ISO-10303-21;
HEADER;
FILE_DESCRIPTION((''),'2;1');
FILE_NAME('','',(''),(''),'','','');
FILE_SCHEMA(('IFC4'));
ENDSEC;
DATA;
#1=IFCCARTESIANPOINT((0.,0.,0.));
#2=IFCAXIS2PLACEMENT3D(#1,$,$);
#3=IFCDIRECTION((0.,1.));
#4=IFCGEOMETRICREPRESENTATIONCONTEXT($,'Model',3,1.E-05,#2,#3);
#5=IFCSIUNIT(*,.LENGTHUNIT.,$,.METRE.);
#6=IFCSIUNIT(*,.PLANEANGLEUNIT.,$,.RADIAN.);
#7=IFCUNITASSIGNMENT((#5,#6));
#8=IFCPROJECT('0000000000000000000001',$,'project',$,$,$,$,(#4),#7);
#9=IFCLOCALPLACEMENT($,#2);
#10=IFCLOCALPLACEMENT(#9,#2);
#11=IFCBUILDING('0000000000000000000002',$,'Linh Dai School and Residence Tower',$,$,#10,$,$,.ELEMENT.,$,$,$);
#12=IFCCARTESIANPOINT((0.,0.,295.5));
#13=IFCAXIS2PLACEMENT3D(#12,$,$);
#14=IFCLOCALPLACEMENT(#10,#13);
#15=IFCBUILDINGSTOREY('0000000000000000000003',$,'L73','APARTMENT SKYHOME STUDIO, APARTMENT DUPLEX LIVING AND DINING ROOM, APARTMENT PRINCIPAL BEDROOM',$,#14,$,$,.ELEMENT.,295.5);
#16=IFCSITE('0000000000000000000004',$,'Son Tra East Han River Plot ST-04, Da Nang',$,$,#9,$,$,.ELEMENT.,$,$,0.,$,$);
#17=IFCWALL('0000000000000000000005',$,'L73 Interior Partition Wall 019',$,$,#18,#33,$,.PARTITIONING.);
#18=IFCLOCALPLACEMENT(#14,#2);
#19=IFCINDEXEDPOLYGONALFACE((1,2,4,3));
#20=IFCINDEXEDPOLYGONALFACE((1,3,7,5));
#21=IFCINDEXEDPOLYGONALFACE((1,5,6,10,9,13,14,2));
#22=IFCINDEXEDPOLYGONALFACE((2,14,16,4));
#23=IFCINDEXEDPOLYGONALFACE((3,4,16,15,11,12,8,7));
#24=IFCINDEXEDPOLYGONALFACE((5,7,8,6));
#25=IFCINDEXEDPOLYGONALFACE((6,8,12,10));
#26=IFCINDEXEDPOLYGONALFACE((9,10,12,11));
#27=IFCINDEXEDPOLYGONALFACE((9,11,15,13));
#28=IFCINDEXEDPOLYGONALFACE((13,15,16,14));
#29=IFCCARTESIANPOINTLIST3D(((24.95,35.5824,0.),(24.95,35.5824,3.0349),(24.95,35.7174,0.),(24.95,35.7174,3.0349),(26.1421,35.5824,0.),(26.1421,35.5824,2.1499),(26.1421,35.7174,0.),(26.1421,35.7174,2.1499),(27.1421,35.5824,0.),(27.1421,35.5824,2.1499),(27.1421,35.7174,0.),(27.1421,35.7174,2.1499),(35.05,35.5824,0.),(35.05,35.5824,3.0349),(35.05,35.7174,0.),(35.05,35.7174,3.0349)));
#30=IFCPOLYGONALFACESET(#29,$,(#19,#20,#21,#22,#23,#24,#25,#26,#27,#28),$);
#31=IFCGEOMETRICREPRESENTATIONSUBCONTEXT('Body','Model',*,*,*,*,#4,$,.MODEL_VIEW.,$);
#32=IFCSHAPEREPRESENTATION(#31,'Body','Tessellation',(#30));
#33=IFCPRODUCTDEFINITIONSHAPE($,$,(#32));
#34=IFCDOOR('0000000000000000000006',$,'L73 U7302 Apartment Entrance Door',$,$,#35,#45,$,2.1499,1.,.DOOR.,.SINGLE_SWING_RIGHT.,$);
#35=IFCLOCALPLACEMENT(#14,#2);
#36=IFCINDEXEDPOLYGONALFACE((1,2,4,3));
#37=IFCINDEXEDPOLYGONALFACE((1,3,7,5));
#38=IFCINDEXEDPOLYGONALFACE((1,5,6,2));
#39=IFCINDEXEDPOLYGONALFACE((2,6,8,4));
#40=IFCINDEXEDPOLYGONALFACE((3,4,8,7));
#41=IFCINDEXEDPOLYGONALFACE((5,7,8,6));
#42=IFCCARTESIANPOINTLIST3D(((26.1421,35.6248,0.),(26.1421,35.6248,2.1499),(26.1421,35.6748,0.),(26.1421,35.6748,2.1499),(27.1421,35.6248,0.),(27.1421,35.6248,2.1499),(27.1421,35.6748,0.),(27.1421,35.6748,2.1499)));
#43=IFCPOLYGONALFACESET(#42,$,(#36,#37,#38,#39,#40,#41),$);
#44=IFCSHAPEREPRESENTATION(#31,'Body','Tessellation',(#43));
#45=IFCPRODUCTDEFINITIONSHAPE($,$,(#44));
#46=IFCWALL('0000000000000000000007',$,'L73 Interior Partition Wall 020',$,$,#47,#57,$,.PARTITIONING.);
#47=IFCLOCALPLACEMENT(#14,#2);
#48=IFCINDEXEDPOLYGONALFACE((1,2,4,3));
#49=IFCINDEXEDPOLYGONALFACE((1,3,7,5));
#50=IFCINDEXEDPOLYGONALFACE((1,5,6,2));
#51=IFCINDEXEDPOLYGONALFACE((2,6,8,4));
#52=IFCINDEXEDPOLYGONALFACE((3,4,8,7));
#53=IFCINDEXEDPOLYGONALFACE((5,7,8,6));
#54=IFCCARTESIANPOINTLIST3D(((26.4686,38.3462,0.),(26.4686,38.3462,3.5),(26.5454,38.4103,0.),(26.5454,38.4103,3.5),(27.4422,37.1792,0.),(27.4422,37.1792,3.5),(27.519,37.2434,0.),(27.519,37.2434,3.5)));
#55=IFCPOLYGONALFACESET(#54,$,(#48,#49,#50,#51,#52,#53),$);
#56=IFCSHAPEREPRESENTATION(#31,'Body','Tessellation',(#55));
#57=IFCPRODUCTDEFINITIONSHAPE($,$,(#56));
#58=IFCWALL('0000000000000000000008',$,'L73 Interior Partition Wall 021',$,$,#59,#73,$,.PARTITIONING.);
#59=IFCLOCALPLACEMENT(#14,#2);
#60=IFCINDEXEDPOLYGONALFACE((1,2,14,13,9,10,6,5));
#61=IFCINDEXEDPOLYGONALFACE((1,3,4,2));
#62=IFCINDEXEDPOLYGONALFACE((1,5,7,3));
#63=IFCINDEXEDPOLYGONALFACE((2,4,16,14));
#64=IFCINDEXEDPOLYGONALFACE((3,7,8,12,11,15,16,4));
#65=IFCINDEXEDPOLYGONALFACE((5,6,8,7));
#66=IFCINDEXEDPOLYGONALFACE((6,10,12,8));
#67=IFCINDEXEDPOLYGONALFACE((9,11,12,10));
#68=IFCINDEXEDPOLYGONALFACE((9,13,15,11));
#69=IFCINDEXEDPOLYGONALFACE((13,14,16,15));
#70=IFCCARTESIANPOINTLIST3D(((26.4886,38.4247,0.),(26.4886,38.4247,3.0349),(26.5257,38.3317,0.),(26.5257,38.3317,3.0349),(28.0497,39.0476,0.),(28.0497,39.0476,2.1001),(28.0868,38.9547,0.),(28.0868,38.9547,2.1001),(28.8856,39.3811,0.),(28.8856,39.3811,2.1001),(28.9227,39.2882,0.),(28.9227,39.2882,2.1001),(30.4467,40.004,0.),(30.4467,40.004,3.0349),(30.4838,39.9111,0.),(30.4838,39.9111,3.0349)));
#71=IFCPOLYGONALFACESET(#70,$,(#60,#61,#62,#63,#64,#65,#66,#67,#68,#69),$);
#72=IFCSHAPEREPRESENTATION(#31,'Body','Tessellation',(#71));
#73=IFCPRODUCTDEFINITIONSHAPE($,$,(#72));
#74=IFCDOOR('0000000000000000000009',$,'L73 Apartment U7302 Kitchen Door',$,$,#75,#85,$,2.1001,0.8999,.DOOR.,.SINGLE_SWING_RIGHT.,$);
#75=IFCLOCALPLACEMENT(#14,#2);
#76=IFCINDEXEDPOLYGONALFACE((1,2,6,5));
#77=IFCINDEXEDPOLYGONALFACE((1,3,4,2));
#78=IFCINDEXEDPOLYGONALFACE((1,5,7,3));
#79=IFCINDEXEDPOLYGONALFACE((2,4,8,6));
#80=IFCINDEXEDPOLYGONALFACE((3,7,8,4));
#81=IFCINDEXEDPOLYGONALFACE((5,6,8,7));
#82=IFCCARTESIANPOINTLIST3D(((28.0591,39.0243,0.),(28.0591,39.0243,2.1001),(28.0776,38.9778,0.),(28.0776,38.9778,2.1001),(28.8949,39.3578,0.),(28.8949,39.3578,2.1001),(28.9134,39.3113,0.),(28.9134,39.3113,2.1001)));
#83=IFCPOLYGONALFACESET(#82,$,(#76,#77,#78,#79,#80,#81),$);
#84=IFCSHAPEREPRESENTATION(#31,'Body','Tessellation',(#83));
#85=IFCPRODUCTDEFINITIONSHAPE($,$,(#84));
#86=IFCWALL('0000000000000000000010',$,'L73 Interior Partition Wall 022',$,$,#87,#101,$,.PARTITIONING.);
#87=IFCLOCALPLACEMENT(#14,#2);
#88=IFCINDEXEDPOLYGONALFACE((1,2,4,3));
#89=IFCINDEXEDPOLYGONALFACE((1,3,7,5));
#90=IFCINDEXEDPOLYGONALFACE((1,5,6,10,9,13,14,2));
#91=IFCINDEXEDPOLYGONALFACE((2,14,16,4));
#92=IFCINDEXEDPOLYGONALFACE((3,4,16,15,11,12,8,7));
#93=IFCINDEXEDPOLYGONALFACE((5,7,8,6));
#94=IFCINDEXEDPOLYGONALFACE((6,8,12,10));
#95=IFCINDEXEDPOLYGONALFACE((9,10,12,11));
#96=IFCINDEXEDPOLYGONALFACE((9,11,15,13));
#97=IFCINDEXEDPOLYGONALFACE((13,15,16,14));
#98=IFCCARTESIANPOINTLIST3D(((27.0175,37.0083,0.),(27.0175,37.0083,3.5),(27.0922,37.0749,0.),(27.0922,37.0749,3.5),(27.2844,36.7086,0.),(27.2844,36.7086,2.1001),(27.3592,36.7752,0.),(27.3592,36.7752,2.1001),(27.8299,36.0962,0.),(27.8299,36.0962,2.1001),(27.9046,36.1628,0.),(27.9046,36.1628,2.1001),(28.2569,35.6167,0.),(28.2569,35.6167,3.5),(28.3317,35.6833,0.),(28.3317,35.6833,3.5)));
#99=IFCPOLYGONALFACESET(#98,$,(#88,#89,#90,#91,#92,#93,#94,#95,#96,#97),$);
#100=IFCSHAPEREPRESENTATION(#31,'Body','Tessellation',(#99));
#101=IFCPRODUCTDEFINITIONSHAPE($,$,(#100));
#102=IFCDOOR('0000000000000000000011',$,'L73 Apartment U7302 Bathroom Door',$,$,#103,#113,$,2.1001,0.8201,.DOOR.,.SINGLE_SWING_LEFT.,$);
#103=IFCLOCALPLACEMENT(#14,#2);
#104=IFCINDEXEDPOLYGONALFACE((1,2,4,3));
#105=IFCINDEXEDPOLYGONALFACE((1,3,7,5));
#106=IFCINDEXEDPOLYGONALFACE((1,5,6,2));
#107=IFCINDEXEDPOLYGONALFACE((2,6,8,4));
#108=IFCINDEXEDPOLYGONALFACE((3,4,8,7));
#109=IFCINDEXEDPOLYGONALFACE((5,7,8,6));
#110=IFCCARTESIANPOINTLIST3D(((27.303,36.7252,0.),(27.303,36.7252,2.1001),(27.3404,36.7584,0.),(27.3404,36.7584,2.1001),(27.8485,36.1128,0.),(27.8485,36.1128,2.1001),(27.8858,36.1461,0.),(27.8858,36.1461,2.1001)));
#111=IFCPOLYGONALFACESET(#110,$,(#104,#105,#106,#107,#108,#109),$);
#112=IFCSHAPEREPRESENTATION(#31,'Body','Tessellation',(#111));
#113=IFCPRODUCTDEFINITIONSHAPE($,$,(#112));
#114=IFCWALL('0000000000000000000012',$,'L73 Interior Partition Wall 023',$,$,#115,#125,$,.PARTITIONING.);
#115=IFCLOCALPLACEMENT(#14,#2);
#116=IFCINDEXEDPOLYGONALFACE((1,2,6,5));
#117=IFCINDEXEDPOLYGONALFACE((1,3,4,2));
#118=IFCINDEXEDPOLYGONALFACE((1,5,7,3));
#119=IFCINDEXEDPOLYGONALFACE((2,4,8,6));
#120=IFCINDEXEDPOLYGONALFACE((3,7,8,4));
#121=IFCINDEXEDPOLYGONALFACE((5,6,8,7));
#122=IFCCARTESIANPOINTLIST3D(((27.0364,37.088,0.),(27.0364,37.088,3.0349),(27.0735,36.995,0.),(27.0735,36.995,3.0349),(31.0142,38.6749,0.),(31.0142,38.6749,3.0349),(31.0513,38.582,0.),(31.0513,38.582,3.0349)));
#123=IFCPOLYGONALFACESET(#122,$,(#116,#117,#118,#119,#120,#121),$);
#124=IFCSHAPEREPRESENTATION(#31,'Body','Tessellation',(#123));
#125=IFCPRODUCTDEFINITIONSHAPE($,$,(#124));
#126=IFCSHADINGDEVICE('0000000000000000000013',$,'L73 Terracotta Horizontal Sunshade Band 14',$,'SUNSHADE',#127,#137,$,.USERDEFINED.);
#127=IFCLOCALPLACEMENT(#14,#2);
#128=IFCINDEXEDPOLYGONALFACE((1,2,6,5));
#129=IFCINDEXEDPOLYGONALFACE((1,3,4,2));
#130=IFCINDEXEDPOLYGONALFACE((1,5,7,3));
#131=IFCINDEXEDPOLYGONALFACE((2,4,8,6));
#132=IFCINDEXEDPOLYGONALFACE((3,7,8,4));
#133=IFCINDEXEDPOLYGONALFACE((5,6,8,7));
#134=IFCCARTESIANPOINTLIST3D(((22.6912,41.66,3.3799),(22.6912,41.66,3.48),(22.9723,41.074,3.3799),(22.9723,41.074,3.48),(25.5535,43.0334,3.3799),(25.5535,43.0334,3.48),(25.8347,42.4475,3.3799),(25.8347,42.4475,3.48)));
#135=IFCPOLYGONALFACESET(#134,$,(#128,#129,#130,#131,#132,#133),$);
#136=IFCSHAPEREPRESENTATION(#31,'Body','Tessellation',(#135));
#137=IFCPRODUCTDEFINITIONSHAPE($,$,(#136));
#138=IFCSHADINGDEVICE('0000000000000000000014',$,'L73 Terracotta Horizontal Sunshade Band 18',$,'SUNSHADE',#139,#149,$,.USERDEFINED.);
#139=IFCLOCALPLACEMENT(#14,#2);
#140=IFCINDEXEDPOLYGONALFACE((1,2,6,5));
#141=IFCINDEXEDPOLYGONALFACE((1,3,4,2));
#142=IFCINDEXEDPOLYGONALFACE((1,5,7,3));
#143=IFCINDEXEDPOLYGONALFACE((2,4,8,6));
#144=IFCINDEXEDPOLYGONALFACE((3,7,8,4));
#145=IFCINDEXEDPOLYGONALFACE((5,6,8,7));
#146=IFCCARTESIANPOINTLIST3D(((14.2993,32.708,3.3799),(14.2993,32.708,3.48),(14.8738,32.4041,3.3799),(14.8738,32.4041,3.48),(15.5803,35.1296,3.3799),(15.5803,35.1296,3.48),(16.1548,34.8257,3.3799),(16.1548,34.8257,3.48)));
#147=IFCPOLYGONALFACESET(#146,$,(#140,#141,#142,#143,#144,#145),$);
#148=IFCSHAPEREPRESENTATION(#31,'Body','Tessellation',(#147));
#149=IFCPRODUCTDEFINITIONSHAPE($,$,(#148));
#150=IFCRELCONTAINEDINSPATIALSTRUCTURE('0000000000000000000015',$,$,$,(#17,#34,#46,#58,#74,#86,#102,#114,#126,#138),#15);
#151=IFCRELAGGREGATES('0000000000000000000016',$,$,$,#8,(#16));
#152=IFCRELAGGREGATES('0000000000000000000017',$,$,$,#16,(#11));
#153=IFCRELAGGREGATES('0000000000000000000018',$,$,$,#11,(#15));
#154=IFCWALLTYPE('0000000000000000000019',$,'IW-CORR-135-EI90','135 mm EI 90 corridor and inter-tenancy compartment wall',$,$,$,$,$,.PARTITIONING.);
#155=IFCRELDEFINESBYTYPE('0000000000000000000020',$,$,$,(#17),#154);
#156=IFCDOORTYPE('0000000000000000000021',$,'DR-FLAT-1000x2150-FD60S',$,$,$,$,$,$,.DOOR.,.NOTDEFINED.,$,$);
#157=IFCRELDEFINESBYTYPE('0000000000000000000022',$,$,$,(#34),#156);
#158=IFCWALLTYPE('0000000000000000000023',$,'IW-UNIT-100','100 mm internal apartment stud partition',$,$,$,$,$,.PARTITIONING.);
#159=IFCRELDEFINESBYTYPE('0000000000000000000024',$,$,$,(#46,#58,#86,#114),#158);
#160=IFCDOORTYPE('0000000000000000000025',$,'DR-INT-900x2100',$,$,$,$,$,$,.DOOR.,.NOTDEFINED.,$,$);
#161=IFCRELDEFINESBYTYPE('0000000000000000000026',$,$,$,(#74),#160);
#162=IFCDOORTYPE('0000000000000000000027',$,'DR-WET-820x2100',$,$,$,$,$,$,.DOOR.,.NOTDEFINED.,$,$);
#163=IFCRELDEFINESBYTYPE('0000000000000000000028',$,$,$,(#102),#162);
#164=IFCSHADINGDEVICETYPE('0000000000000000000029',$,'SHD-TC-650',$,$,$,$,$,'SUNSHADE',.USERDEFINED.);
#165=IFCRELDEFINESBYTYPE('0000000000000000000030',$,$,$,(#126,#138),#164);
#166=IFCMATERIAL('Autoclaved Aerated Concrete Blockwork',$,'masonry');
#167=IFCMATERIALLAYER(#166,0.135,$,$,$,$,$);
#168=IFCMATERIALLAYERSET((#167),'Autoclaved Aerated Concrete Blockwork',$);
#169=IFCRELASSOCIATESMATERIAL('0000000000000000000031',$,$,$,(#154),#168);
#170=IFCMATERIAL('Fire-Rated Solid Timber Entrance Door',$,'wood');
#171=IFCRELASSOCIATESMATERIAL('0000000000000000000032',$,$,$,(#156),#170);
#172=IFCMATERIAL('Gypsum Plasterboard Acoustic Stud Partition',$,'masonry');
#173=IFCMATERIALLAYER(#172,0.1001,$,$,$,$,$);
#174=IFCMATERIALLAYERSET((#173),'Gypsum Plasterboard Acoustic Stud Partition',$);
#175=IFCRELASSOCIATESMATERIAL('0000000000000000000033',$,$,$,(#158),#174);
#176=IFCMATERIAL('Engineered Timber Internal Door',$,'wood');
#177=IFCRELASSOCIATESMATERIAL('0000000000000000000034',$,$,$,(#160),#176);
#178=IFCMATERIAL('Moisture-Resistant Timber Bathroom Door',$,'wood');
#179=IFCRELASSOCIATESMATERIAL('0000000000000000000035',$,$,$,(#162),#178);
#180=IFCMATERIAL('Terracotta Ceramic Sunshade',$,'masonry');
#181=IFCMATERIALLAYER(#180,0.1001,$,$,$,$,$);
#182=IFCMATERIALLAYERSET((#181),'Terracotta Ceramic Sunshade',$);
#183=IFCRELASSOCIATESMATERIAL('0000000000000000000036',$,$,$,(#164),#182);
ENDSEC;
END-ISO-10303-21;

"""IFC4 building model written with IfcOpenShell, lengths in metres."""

from ifc_helpers import new_model, si_unit, direction, frame, frame_2d, origin, origin_2d, place, context, subcontext, project, spatial, rectangle, extrude, source, transform, mapped, material, layer, layer_set, type_object, element, fill, save


model = new_model("IFC4")

# Units and contexts
model_context = context("Model", 3, precision=1e-05, world=origin(), true_north=direction((0.0, 1.0)))
body_context = subcontext(model_context, "Body", "Model", "MODEL_VIEW")
ifc_project = project(units=[si_unit("LENGTHUNIT", "METRE"), si_unit("PLANEANGLEUNIT", "RADIAN")], contexts=[model_context])

# Site, building, storey
site_placement = place(None, origin())
site = spatial("IfcSite", under=ifc_project, at=site_placement, Name="Son Tra East Han River Plot ST-04, Da Nang", CompositionType="ELEMENT", RefElevation=0.0)
building_placement = place(site_placement, origin())
building = spatial("IfcBuilding", under=site, at=building_placement, Name="Linh Dai School and Residence Tower", CompositionType="ELEMENT")
storey_placement = place(building_placement, frame((0.0, 0.0, 295.5)))
storey = spatial("IfcBuildingStorey", under=building, at=storey_placement, Name="L73", Description="APARTMENT SKYHOME STUDIO, APARTMENT DUPLEX LIVING AND DINING ROOM, APARTMENT PRINCIPAL BEDROOM", CompositionType="ELEMENT", Elevation=295.5)

# Shared definitions
ifc_material_1 = material(Name="Autoclaved Aerated Concrete Blockwork", Category="masonry")
ifc_layer_1 = layer(ifc_material_1, 0.135)
ifc_layer_set_1 = layer_set([ifc_layer_1], Name="Autoclaved Aerated Concrete Blockwork")
wall_type_1 = type_object("IfcWallType", Name="IW-CORR-135-EI90", Description="135 mm EI 90 corridor and inter-tenancy compartment wall", PredefinedType="PARTITIONING", material=ifc_layer_set_1)

# Wall, opening, door
wall_1_placement = place(storey_placement, frame((24.95, 35.6499, 0.0), z_axis=(0.0, 0.0, 1.0), x_axis=(1.0, 0.0, 0.0)))
wall_1 = element("IfcWall", 1, at=wall_1_placement, inside=storey, type_object=wall_type_1, Name="L73 Interior Partition Wall 019", PredefinedType="PARTITIONING", context=body_context, shape_type="SweptSolid", body=[
    extrude(rectangle(XDim=10.1001, YDim=0.135, at=frame_2d((5.05, 0.0))), origin(), (0.0, 0.0, 1.0), 3.0349),
])
opening_1_placement = place(wall_1_placement, frame((1.1921, 0.0, 0.0)))
opening_1 = element("IfcOpeningElement", 2, at=opening_1_placement, cuts=wall_1, PredefinedType="OPENING", context=body_context, shape_type="SweptSolid", body=[
    extrude(rectangle(XDim=1.0, YDim=2.1499, at=origin_2d()), frame((0.5, 0.0776, 1.075), z_axis=(0.0, -1.0, 0.0), x_axis=(1.0, 0.0, 0.0)), (0.0, 0.0, 1.0), 0.155),
])
ifc_material_2 = material(Name="Fire-Rated Solid Timber Entrance Door", Category="wood")
door_type_1 = type_object("IfcDoorType", Name="DR-FLAT-1000x2150-FD60S", OperationType="NOTDEFINED", PredefinedType="DOOR", material=ifc_material_2)
shared_shape_1 = source(origin(), body_context, "Body", "SweptSolid", [
    extrude(rectangle(XDim=1.0, YDim=2.1499, at=origin_2d()), frame((0.5, 0.0249, 1.075), z_axis=(0.0, -1.0, 0.0), x_axis=(1.0, 0.0, 0.0)), (0.0, 0.0, 1.0), 0.05),
])
door_1_placement = place(opening_1_placement, origin())
door_1 = element("IfcDoor", 3, at=door_1_placement, inside=storey, type_object=door_type_1, Name="L73 U7302 Apartment Entrance Door", OperationType="SINGLE_SWING_RIGHT", OverallHeight=2.1499, OverallWidth=1.0, PredefinedType="DOOR", context=body_context, shape_type="MappedRepresentation", body=[
    mapped(shared_shape_1, transform((0.0, 0.0, 0.0), x_axis=(1.0, 0.0, 0.0), y_axis=(0.0, 1.0, 0.0), z_axis=(0.0, 0.0, 1.0), scale=1.0)),
])
fill(opening_1, door_1)

# Wall
ifc_material_3 = material(Name="Gypsum Plasterboard Acoustic Stud Partition", Category="masonry")
ifc_layer_2 = layer(ifc_material_3, 0.1001)
ifc_layer_set_2 = layer_set([ifc_layer_2], Name="Gypsum Plasterboard Acoustic Stud Partition")
wall_type_2 = type_object("IfcWallType", Name="IW-UNIT-100", Description="100 mm internal apartment stud partition", PredefinedType="PARTITIONING", material=ifc_layer_set_2)
wall_2_placement = place(storey_placement, frame((26.5071, 38.3782, 0.0), z_axis=(0.0, 0.0, 1.0), x_axis=(0.640627, -0.767852, 0.0)))
element("IfcWall", 4, at=wall_2_placement, inside=storey, type_object=wall_type_2, Name="L73 Interior Partition Wall 020", PredefinedType="PARTITIONING", context=body_context, shape_type="SweptSolid", body=[
    extrude(rectangle(XDim=1.5198, YDim=0.1001, at=frame_2d((0.7598, 0.0))), origin(), (0.0, 0.0, 1.0), 3.5),
])

# Walls, openings, doors
wall_3_placement = place(storey_placement, frame((26.5071, 38.3782, 0.0), z_axis=(0.0, 0.0, 1.0), x_axis=(0.928788, 0.37061, 0.0)))
wall_3 = element("IfcWall", 5, at=wall_3_placement, inside=storey, type_object=wall_type_2, Name="L73 Interior Partition Wall 021", PredefinedType="PARTITIONING", context=body_context, shape_type="SweptSolid", body=[
    extrude(rectangle(XDim=4.2615, YDim=0.1001, at=frame_2d((2.1309, 0.0))), origin(), (0.0, 0.0, 1.0), 3.0349),
])
opening_2_placement = place(wall_3_placement, frame((1.6809, 0.0, 0.0)))
opening_2 = element("IfcOpeningElement", 6, at=opening_2_placement, cuts=wall_3, PredefinedType="OPENING", context=body_context, shape_type="SweptSolid", body=[
    extrude(rectangle(XDim=0.8999, YDim=2.1001, at=origin_2d()), frame((0.45, 0.0601, 1.05), z_axis=(0.0, -1.0, 0.0), x_axis=(1.0, 0.0, 0.0)), (0.0, 0.0, 1.0), 0.1201),
])
ifc_material_4 = material(Name="Engineered Timber Internal Door", Category="wood")
door_type_2 = type_object("IfcDoorType", Name="DR-INT-900x2100", OperationType="NOTDEFINED", PredefinedType="DOOR", material=ifc_material_4)
shared_shape_2 = source(origin(), body_context, "Body", "SweptSolid", [
    extrude(rectangle(XDim=0.8999, YDim=2.1001, at=origin_2d()), frame((0.45, 0.0249, 1.05), z_axis=(0.0, -1.0, 0.0), x_axis=(1.0, 0.0, 0.0)), (0.0, 0.0, 1.0), 0.05),
])
door_2_placement = place(opening_2_placement, origin())
door_2 = element("IfcDoor", 7, at=door_2_placement, inside=storey, type_object=door_type_2, Name="L73 Apartment U7302 Kitchen Door", OperationType="SINGLE_SWING_RIGHT", OverallHeight=2.1001, OverallWidth=0.8999, PredefinedType="DOOR", context=body_context, shape_type="MappedRepresentation", body=[
    mapped(shared_shape_2, transform((0.0, 0.0, 0.0), x_axis=(1.0, 0.0, 0.0), y_axis=(0.0, 1.0, 0.0), z_axis=(0.0, 0.0, 1.0), scale=1.0)),
])
fill(opening_2, door_2)
wall_4_placement = place(storey_placement, frame((27.0549, 37.0415, 0.0), z_axis=(0.0, 0.0, 1.0), x_axis=(0.66512, -0.746737, 0.0)))
wall_4 = element("IfcWall", 8, at=wall_4_placement, inside=storey, type_object=wall_type_2, Name="L73 Interior Partition Wall 022", PredefinedType="PARTITIONING", context=body_context, shape_type="SweptSolid", body=[
    extrude(rectangle(XDim=1.8635, YDim=0.1001, at=frame_2d((0.9316, 0.0))), origin(), (0.0, 0.0, 1.0), 3.5),
])
opening_3_placement = place(wall_4_placement, frame((0.4011, 0.0, 0.0)))
opening_3 = element("IfcOpeningElement", 9, at=opening_3_placement, cuts=wall_4, PredefinedType="OPENING", context=body_context, shape_type="SweptSolid", body=[
    extrude(rectangle(XDim=0.8201, YDim=2.1001, at=origin_2d()), frame((0.4102, 0.0601, 1.05), z_axis=(0.0, -1.0, 0.0), x_axis=(1.0, 0.0, 0.0)), (0.0, 0.0, 1.0), 0.1201),
])
ifc_material_5 = material(Name="Moisture-Resistant Timber Bathroom Door", Category="wood")
door_type_3 = type_object("IfcDoorType", Name="DR-WET-820x2100", OperationType="NOTDEFINED", PredefinedType="DOOR", material=ifc_material_5)
shared_shape_3 = source(origin(), body_context, "Body", "SweptSolid", [
    extrude(rectangle(XDim=0.8201, YDim=2.1001, at=origin_2d()), frame((0.4102, 0.0249, 1.05), z_axis=(0.0, -1.0, 0.0), x_axis=(1.0, 0.0, 0.0)), (0.0, 0.0, 1.0), 0.05),
])
door_3_placement = place(opening_3_placement, origin())
door_3 = element("IfcDoor", 10, at=door_3_placement, inside=storey, type_object=door_type_3, Name="L73 Apartment U7302 Bathroom Door", OperationType="SINGLE_SWING_LEFT", OverallHeight=2.1001, OverallWidth=0.8201, PredefinedType="DOOR", context=body_context, shape_type="MappedRepresentation", body=[
    mapped(shared_shape_3, transform((0.0, 0.0, 0.0), x_axis=(1.0, 0.0, 0.0), y_axis=(0.0, 1.0, 0.0), z_axis=(0.0, 0.0, 1.0), scale=1.0)),
])
fill(opening_3, door_3)

# Wall
wall_5_placement = place(storey_placement, frame((27.0549, 37.0415, 0.0), z_axis=(0.0, 0.0, 1.0), x_axis=(0.928814, 0.370545, 0.0)))
element("IfcWall", 11, at=wall_5_placement, inside=storey, type_object=wall_type_2, Name="L73 Interior Partition Wall 023", PredefinedType="PARTITIONING", context=body_context, shape_type="SweptSolid", body=[
    extrude(rectangle(XDim=4.2827, YDim=0.1001, at=frame_2d((2.1414, 0.0))), origin(), (0.0, 0.0, 1.0), 3.0349),
])

# Shading devices
ifc_material_6 = material(Name="Terracotta Ceramic Sunshade", Category="masonry")
ifc_layer_3 = layer(ifc_material_6, 0.1001)
ifc_layer_set_3 = layer_set([ifc_layer_3], Name="Terracotta Ceramic Sunshade")
shading_device_type = type_object("IfcShadingDeviceType", Name="SHD-TC-650", ElementType="SUNSHADE", PredefinedType="USERDEFINED", material=ifc_layer_set_3)
shared_shape_4 = source(origin(), body_context, "Body", "SweptSolid", [
    extrude(rectangle(XDim=3.1748, YDim=0.6499, at=origin_2d()), origin(), (0.0, 0.0, 1.0), 0.1001),
])
shading_device_1_placement = place(storey_placement, frame((24.2629, 42.0537, 3.3799), z_axis=(0.0, 0.0, 1.0), x_axis=(0.90158, 0.432612, 0.0)))
element("IfcShadingDevice", 12, at=shading_device_1_placement, inside=storey, type_object=shading_device_type, Name="L73 Terracotta Horizontal Sunshade Band 14", ObjectType="SUNSHADE", PredefinedType="USERDEFINED", context=body_context, shape_type="MappedRepresentation", body=[
    mapped(shared_shape_4, transform((0.0, 0.0, 0.0), x_axis=(1.0, 0.0, 0.0), y_axis=(0.0, 1.0, 0.0), z_axis=(0.0, 0.0, 1.0), scale=1.0)),
])
shared_shape_5 = source(origin(), body_context, "Body", "SweptSolid", [
    extrude(rectangle(XDim=2.7395, YDim=0.6499, at=origin_2d()), origin(), (0.0, 0.0, 1.0), 0.1001),
])
shading_device_2_placement = place(storey_placement, frame((15.2271, 33.7668, 3.3799), z_axis=(0.0, 0.0, 1.0), x_axis=(0.467604, 0.883938, 0.0)))
element("IfcShadingDevice", 13, at=shading_device_2_placement, inside=storey, type_object=shading_device_type, Name="L73 Terracotta Horizontal Sunshade Band 18", ObjectType="SUNSHADE", PredefinedType="USERDEFINED", context=body_context, shape_type="MappedRepresentation", body=[
    mapped(shared_shape_5, transform((0.0, 0.0, 0.0), x_axis=(1.0, 0.0, 0.0), y_axis=(0.0, 1.0, 0.0), z_axis=(0.0, 0.0, 1.0), scale=1.0)),
])

save(model, "model.ifc")
